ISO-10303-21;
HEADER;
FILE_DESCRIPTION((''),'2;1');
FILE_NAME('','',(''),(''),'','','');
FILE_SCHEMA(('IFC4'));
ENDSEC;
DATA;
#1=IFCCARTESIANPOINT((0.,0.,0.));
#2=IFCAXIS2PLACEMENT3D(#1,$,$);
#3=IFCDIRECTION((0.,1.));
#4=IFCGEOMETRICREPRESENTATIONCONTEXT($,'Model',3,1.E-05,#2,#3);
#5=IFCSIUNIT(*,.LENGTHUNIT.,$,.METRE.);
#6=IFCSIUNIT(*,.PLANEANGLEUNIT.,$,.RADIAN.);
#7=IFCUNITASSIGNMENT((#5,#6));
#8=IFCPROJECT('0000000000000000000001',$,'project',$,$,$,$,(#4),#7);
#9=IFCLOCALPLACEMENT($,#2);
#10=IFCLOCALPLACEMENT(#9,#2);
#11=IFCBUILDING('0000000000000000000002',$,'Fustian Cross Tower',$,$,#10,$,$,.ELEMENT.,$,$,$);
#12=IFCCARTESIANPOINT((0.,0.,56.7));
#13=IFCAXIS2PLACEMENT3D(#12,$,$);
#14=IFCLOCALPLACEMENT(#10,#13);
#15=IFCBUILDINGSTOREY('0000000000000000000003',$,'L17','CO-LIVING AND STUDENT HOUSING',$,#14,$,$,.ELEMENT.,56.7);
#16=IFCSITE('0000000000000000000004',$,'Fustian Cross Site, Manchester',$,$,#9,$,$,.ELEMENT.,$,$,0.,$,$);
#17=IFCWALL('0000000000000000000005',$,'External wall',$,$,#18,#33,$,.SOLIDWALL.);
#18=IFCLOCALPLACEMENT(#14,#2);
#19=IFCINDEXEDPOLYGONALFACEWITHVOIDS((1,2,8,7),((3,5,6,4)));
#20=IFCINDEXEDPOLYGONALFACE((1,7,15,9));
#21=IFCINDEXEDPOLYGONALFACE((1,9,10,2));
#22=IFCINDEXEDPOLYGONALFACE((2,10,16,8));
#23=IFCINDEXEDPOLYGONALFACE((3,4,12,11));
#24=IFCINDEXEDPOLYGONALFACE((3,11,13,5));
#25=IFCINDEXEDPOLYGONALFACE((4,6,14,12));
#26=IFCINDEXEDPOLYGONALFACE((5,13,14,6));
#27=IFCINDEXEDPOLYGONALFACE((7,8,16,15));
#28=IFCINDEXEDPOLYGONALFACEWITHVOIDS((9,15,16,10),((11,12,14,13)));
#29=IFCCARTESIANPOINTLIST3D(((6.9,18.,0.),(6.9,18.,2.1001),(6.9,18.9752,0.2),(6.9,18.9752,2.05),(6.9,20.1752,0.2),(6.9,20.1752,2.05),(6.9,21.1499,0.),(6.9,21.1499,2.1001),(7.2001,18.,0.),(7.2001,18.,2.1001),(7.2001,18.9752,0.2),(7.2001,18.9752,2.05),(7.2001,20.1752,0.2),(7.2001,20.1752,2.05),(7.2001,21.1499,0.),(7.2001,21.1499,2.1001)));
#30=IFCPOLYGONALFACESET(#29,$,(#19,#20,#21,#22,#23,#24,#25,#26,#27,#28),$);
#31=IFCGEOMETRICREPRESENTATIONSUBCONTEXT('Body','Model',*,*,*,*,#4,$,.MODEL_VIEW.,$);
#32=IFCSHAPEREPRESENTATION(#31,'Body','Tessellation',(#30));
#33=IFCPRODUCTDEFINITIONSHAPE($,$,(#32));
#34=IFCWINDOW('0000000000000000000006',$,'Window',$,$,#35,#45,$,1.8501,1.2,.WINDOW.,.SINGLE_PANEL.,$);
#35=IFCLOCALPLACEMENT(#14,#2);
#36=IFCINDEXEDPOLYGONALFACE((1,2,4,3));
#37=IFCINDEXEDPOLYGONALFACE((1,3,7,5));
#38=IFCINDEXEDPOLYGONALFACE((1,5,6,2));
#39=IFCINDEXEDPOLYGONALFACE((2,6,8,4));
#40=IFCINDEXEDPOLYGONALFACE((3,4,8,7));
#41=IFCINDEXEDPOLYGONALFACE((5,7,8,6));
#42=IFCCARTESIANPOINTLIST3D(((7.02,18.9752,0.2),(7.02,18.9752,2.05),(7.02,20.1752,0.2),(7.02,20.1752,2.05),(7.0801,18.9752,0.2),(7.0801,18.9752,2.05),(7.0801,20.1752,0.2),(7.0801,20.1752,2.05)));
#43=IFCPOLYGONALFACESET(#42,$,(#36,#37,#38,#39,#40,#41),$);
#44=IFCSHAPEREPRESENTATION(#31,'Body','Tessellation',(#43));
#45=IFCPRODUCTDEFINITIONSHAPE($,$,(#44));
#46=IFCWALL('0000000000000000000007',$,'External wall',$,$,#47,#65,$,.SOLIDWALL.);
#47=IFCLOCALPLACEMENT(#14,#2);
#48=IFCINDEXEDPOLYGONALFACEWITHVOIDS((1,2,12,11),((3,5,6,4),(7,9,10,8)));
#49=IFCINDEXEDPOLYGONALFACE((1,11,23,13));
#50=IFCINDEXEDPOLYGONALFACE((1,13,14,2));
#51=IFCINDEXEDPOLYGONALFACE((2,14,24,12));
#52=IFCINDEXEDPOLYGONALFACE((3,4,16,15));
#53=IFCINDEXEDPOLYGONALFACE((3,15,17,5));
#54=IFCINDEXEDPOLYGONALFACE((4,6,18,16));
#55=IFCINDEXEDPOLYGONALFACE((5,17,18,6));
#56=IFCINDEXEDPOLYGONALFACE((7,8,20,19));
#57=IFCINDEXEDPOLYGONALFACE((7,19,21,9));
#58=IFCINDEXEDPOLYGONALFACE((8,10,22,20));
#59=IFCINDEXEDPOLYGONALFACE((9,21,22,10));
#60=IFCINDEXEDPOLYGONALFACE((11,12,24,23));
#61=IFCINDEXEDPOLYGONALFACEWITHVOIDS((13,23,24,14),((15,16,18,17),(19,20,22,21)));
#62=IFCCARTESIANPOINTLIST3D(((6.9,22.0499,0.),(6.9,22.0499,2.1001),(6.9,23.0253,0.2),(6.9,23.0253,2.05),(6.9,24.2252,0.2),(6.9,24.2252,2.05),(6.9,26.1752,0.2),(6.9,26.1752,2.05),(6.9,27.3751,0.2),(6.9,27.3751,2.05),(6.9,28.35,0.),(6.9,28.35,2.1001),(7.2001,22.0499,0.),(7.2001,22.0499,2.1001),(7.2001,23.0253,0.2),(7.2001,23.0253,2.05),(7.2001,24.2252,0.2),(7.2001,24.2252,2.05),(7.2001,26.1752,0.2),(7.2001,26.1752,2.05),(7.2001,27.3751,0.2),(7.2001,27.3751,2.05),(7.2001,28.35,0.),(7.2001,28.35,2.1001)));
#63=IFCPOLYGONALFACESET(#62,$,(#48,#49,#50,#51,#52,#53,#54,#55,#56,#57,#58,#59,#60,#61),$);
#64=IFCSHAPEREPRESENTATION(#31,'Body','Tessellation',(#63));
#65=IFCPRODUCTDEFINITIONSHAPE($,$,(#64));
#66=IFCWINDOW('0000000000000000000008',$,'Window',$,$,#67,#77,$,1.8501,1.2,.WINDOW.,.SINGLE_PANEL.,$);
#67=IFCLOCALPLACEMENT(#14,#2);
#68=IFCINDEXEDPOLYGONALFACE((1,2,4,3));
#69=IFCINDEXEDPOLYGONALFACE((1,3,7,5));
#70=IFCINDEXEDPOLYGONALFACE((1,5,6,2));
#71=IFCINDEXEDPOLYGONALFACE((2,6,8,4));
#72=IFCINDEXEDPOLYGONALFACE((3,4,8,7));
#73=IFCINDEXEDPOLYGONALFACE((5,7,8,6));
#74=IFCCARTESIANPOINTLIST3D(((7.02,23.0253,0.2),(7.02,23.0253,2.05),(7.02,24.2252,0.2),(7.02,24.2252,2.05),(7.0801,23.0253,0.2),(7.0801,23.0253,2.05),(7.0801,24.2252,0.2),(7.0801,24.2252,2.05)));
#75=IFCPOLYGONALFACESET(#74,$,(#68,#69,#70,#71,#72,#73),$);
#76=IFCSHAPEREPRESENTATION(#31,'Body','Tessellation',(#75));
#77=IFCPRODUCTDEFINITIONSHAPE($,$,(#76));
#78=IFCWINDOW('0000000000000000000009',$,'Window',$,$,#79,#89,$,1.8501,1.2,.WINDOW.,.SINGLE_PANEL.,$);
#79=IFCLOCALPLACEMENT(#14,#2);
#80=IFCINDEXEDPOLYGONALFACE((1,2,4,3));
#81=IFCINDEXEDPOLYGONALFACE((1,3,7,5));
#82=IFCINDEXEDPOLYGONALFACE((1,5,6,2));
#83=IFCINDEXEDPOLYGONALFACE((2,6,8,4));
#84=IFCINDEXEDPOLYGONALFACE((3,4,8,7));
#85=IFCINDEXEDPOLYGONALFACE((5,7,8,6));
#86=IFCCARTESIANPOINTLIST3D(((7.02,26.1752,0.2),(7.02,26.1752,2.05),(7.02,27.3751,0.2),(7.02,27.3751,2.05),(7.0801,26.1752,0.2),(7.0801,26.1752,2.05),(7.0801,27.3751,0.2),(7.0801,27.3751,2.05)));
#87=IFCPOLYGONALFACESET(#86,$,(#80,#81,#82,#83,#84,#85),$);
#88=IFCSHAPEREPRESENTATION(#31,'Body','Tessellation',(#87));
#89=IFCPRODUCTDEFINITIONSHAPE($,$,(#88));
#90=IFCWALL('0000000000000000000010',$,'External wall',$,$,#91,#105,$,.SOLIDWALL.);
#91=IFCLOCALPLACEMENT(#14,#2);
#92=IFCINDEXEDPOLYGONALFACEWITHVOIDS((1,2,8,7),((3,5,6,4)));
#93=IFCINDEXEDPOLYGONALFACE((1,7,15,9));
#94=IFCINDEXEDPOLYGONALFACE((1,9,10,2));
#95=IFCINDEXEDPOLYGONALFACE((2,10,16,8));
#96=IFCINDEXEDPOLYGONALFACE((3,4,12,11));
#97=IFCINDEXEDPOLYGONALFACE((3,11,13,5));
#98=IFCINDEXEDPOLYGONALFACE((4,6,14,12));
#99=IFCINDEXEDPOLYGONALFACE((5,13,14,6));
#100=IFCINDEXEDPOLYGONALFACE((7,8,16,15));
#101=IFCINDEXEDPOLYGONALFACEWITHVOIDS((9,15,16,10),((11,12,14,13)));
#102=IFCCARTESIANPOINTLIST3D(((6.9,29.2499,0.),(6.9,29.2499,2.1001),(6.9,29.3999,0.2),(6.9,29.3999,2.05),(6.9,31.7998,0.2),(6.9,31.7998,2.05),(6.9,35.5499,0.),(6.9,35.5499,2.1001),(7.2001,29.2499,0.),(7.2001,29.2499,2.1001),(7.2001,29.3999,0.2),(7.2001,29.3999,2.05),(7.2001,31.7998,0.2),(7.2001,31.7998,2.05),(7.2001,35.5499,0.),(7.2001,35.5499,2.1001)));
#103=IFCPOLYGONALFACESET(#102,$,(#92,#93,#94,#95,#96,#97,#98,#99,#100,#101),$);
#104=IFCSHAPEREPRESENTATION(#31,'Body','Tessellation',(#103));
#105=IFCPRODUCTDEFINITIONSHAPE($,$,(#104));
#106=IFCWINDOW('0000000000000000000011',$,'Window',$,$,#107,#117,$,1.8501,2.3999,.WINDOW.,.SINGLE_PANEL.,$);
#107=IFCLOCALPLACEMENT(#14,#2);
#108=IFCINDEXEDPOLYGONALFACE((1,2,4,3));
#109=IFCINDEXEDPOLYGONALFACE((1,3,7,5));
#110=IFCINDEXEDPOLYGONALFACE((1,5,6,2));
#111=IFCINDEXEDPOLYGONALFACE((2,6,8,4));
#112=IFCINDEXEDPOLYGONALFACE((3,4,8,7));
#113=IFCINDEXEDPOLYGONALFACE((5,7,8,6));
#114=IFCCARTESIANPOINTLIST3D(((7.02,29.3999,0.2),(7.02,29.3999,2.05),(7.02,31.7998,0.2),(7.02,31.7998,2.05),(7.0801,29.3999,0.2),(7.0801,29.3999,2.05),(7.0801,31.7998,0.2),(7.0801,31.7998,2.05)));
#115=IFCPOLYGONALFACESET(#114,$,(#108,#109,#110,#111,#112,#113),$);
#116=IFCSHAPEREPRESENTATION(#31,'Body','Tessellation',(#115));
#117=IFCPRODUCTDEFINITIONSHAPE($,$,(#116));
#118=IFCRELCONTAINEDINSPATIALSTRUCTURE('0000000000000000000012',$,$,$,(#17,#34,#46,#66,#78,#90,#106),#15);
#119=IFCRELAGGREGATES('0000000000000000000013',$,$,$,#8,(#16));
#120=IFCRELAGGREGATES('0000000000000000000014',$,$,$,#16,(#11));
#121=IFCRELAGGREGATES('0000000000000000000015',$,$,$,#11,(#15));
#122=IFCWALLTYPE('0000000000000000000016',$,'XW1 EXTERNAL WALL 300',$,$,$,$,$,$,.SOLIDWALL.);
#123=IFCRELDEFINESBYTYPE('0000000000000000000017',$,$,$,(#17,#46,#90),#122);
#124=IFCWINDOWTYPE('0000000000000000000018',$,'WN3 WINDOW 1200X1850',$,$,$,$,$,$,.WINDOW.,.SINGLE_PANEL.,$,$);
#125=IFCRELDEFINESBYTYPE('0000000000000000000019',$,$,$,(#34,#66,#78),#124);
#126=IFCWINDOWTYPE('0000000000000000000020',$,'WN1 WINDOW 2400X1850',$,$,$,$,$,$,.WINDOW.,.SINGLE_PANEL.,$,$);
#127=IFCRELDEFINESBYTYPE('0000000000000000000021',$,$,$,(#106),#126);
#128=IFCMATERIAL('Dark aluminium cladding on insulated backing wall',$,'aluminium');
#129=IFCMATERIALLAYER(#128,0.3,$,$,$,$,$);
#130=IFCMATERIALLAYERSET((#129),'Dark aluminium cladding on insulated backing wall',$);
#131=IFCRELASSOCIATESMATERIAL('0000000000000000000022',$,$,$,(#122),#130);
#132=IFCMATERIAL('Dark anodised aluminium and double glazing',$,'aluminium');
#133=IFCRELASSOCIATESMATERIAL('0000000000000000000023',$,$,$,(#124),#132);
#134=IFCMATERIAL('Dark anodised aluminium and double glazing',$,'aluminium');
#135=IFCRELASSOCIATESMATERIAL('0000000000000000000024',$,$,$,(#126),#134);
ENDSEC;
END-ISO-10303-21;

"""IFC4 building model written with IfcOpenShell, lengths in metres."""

from ifc_helpers import new_model, si_unit, direction, frame, frame_2d, origin, place, context, subcontext, project, spatial, rectangle, extrude, material, layer, layer_set, type_object, element, fill, save


model = new_model("IFC4")

# Units and contexts
model_context = context("Model", 3, precision=1e-05, world=origin(), true_north=direction((0.0, 1.0)))
body_context = subcontext(model_context, "Body", "Model", "MODEL_VIEW")
ifc_project = project(units=[si_unit("LENGTHUNIT", "METRE"), si_unit("PLANEANGLEUNIT", "RADIAN")], contexts=[model_context])

# Site, building, storey
site_placement = place(None, origin())
site = spatial("IfcSite", under=ifc_project, at=site_placement, Name="Fustian Cross Site, Manchester", CompositionType="ELEMENT", RefElevation=0.0)
building_placement = place(site_placement, origin())
building = spatial("IfcBuilding", under=site, at=building_placement, Name="Fustian Cross Tower", CompositionType="ELEMENT")
storey_placement = place(building_placement, frame((0.0, 0.0, 56.7)))
storey = spatial("IfcBuildingStorey", under=building, at=storey_placement, Name="L17", Description="CO-LIVING AND STUDENT HOUSING", CompositionType="ELEMENT", Elevation=56.7)

# Wall, opening, window
ifc_material_1 = material(Name="Dark aluminium cladding on insulated backing wall", Category="aluminium")
ifc_layer_1 = layer(ifc_material_1, 0.3)
ifc_layer_set_1 = layer_set([ifc_layer_1], Name="Dark aluminium cladding on insulated backing wall")
wall_type_1 = type_object("IfcWallType", Name="XW1 EXTERNAL WALL 300", PredefinedType="SOLIDWALL", material=ifc_layer_set_1)
wall_1_placement = place(storey_placement, frame((7.05, 18.0, 0.0), z_axis=(0.0, 0.0, 1.0), x_axis=(0.0, 1.0, 0.0)))
wall_1 = element("IfcWall", 1, at=wall_1_placement, inside=storey, type_object=wall_type_1, Name="External wall", PredefinedType="SOLIDWALL", context=body_context, shape_type="SweptSolid", body=[
    extrude(rectangle(XDim=3.1499, YDim=0.3, at=frame_2d((1.575, 0.0))), origin(), (0.0, 0.0, 1.0), 2.1001),
])
opening_1_placement = place(wall_1_placement, frame((0.9751, 0.0, 0.2)))
opening_1 = element("IfcOpeningElement", 2, at=opening_1_placement, cuts=wall_1, PredefinedType="OPENING", context=body_context, shape_type="SweptSolid", body=[
    extrude(rectangle(XDim=1.2, YDim=1.8501, at=frame_2d((0.6001, 0.925))), frame((0.0, 0.1599, 0.0), z_axis=(0.0, -1.0, 0.0), x_axis=(1.0, 0.0, 0.0)), (0.0, 0.0, 1.0), 0.3201),
])
ifc_material_2 = material(Name="Dark anodised aluminium and double glazing", Category="aluminium")
window_type_1 = type_object("IfcWindowType", Name="WN3 WINDOW 1200X1850", PartitioningType="SINGLE_PANEL", PredefinedType="WINDOW", material=ifc_material_2)
window_1_placement = place(opening_1_placement, origin())
window_1 = element("IfcWindow", 3, at=window_1_placement, inside=storey, type_object=window_type_1, Name="Window", OverallHeight=1.8501, OverallWidth=1.2, PartitioningType="SINGLE_PANEL", PredefinedType="WINDOW", context=body_context, shape_type="SweptSolid", body=[
    extrude(rectangle(XDim=1.2, YDim=1.8501, at=frame_2d((0.6001, 0.925))), frame((0.0, 0.03, 0.0), z_axis=(0.0, -1.0, 0.0), x_axis=(1.0, 0.0, 0.0)), (0.0, 0.0, 1.0), 0.0601),
])
fill(opening_1, window_1)

# Wall, openings, windows
wall_2_placement = place(storey_placement, frame((7.05, 22.05, 0.0), z_axis=(0.0, 0.0, 1.0), x_axis=(0.0, 1.0, 0.0)))
wall_2 = element("IfcWall", 4, at=wall_2_placement, inside=storey, type_object=wall_type_1, Name="External wall", PredefinedType="SOLIDWALL", context=body_context, shape_type="SweptSolid", body=[
    extrude(rectangle(XDim=6.3, YDim=0.3, at=frame_2d((3.1499, 0.0))), origin(), (0.0, 0.0, 1.0), 2.1001),
])
opening_2_placement = place(wall_2_placement, frame((0.9751, 0.0, 0.2)))
opening_2 = element("IfcOpeningElement", 5, at=opening_2_placement, cuts=wall_2, PredefinedType="OPENING", context=body_context, shape_type="SweptSolid", body=[
    extrude(rectangle(XDim=1.2, YDim=1.8501, at=frame_2d((0.6001, 0.925))), frame((0.0, 0.1599, 0.0), z_axis=(0.0, -1.0, 0.0), x_axis=(1.0, 0.0, 0.0)), (0.0, 0.0, 1.0), 0.3201),
])
opening_3_placement = place(wall_2_placement, frame((4.125, 0.0, 0.2)))
opening_3 = element("IfcOpeningElement", 6, at=opening_3_placement, cuts=wall_2, PredefinedType="OPENING", context=body_context, shape_type="SweptSolid", body=[
    extrude(rectangle(XDim=1.2, YDim=1.8501, at=frame_2d((0.6001, 0.925))), frame((0.0, 0.1599, 0.0), z_axis=(0.0, -1.0, 0.0), x_axis=(1.0, 0.0, 0.0)), (0.0, 0.0, 1.0), 0.3201),
])
window_2_placement = place(opening_2_placement, origin())
window_2 = element("IfcWindow", 7, at=window_2_placement, inside=storey, type_object=window_type_1, Name="Window", OverallHeight=1.8501, OverallWidth=1.2, PartitioningType="SINGLE_PANEL", PredefinedType="WINDOW", context=body_context, shape_type="SweptSolid", body=[
    extrude(rectangle(XDim=1.2, YDim=1.8501, at=frame_2d((0.6001, 0.925))), frame((0.0, 0.03, 0.0), z_axis=(0.0, -1.0, 0.0), x_axis=(1.0, 0.0, 0.0)), (0.0, 0.0, 1.0), 0.0601),
])
fill(opening_2, window_2)
window_3_placement = place(opening_3_placement, origin())
window_3 = element("IfcWindow", 8, at=window_3_placement, inside=storey, type_object=window_type_1, Name="Window", OverallHeight=1.8501, OverallWidth=1.2, PartitioningType="SINGLE_PANEL", PredefinedType="WINDOW", context=body_context, shape_type="SweptSolid", body=[
    extrude(rectangle(XDim=1.2, YDim=1.8501, at=frame_2d((0.6001, 0.925))), frame((0.0, 0.03, 0.0), z_axis=(0.0, -1.0, 0.0), x_axis=(1.0, 0.0, 0.0)), (0.0, 0.0, 1.0), 0.0601),
])
fill(opening_3, window_3)

# Wall, opening, window
wall_3_placement = place(storey_placement, frame((7.05, 29.25, 0.0), z_axis=(0.0, 0.0, 1.0), x_axis=(0.0, 1.0, 0.0)))
wall_3 = element("IfcWall", 9, at=wall_3_placement, inside=storey, type_object=wall_type_1, Name="External wall", PredefinedType="SOLIDWALL", context=body_context, shape_type="SweptSolid", body=[
    extrude(rectangle(XDim=6.3, YDim=0.3, at=frame_2d((3.1499, 0.0))), origin(), (0.0, 0.0, 1.0), 2.1001),
])
opening_4_placement = place(wall_3_placement, frame((0.1499, 0.0, 0.2)))
opening_4 = element("IfcOpeningElement", 10, at=opening_4_placement, cuts=wall_3, PredefinedType="OPENING", context=body_context, shape_type="SweptSolid", body=[
    extrude(rectangle(XDim=2.3999, YDim=1.8501, at=frame_2d((1.2, 0.925))), frame((0.0, 0.1599, 0.0), z_axis=(0.0, -1.0, 0.0), x_axis=(1.0, 0.0, 0.0)), (0.0, 0.0, 1.0), 0.3201),
])
ifc_material_3 = material(Name="Dark anodised aluminium and double glazing", Category="aluminium")
window_type_2 = type_object("IfcWindowType", Name="WN1 WINDOW 2400X1850", PartitioningType="SINGLE_PANEL", PredefinedType="WINDOW", material=ifc_material_3)
window_4_placement = place(opening_4_placement, origin())
window_4 = element("IfcWindow", 11, at=window_4_placement, inside=storey, type_object=window_type_2, Name="Window", OverallHeight=1.8501, OverallWidth=2.3999, PartitioningType="SINGLE_PANEL", PredefinedType="WINDOW", context=body_context, shape_type="SweptSolid", body=[
    extrude(rectangle(XDim=2.3999, YDim=1.8501, at=frame_2d((1.2, 0.925))), frame((0.0, 0.03, 0.0), z_axis=(0.0, -1.0, 0.0), x_axis=(1.0, 0.0, 0.0)), (0.0, 0.0, 1.0), 0.0601),
])
fill(opening_4, window_4)

save(model, "model.ifc")
